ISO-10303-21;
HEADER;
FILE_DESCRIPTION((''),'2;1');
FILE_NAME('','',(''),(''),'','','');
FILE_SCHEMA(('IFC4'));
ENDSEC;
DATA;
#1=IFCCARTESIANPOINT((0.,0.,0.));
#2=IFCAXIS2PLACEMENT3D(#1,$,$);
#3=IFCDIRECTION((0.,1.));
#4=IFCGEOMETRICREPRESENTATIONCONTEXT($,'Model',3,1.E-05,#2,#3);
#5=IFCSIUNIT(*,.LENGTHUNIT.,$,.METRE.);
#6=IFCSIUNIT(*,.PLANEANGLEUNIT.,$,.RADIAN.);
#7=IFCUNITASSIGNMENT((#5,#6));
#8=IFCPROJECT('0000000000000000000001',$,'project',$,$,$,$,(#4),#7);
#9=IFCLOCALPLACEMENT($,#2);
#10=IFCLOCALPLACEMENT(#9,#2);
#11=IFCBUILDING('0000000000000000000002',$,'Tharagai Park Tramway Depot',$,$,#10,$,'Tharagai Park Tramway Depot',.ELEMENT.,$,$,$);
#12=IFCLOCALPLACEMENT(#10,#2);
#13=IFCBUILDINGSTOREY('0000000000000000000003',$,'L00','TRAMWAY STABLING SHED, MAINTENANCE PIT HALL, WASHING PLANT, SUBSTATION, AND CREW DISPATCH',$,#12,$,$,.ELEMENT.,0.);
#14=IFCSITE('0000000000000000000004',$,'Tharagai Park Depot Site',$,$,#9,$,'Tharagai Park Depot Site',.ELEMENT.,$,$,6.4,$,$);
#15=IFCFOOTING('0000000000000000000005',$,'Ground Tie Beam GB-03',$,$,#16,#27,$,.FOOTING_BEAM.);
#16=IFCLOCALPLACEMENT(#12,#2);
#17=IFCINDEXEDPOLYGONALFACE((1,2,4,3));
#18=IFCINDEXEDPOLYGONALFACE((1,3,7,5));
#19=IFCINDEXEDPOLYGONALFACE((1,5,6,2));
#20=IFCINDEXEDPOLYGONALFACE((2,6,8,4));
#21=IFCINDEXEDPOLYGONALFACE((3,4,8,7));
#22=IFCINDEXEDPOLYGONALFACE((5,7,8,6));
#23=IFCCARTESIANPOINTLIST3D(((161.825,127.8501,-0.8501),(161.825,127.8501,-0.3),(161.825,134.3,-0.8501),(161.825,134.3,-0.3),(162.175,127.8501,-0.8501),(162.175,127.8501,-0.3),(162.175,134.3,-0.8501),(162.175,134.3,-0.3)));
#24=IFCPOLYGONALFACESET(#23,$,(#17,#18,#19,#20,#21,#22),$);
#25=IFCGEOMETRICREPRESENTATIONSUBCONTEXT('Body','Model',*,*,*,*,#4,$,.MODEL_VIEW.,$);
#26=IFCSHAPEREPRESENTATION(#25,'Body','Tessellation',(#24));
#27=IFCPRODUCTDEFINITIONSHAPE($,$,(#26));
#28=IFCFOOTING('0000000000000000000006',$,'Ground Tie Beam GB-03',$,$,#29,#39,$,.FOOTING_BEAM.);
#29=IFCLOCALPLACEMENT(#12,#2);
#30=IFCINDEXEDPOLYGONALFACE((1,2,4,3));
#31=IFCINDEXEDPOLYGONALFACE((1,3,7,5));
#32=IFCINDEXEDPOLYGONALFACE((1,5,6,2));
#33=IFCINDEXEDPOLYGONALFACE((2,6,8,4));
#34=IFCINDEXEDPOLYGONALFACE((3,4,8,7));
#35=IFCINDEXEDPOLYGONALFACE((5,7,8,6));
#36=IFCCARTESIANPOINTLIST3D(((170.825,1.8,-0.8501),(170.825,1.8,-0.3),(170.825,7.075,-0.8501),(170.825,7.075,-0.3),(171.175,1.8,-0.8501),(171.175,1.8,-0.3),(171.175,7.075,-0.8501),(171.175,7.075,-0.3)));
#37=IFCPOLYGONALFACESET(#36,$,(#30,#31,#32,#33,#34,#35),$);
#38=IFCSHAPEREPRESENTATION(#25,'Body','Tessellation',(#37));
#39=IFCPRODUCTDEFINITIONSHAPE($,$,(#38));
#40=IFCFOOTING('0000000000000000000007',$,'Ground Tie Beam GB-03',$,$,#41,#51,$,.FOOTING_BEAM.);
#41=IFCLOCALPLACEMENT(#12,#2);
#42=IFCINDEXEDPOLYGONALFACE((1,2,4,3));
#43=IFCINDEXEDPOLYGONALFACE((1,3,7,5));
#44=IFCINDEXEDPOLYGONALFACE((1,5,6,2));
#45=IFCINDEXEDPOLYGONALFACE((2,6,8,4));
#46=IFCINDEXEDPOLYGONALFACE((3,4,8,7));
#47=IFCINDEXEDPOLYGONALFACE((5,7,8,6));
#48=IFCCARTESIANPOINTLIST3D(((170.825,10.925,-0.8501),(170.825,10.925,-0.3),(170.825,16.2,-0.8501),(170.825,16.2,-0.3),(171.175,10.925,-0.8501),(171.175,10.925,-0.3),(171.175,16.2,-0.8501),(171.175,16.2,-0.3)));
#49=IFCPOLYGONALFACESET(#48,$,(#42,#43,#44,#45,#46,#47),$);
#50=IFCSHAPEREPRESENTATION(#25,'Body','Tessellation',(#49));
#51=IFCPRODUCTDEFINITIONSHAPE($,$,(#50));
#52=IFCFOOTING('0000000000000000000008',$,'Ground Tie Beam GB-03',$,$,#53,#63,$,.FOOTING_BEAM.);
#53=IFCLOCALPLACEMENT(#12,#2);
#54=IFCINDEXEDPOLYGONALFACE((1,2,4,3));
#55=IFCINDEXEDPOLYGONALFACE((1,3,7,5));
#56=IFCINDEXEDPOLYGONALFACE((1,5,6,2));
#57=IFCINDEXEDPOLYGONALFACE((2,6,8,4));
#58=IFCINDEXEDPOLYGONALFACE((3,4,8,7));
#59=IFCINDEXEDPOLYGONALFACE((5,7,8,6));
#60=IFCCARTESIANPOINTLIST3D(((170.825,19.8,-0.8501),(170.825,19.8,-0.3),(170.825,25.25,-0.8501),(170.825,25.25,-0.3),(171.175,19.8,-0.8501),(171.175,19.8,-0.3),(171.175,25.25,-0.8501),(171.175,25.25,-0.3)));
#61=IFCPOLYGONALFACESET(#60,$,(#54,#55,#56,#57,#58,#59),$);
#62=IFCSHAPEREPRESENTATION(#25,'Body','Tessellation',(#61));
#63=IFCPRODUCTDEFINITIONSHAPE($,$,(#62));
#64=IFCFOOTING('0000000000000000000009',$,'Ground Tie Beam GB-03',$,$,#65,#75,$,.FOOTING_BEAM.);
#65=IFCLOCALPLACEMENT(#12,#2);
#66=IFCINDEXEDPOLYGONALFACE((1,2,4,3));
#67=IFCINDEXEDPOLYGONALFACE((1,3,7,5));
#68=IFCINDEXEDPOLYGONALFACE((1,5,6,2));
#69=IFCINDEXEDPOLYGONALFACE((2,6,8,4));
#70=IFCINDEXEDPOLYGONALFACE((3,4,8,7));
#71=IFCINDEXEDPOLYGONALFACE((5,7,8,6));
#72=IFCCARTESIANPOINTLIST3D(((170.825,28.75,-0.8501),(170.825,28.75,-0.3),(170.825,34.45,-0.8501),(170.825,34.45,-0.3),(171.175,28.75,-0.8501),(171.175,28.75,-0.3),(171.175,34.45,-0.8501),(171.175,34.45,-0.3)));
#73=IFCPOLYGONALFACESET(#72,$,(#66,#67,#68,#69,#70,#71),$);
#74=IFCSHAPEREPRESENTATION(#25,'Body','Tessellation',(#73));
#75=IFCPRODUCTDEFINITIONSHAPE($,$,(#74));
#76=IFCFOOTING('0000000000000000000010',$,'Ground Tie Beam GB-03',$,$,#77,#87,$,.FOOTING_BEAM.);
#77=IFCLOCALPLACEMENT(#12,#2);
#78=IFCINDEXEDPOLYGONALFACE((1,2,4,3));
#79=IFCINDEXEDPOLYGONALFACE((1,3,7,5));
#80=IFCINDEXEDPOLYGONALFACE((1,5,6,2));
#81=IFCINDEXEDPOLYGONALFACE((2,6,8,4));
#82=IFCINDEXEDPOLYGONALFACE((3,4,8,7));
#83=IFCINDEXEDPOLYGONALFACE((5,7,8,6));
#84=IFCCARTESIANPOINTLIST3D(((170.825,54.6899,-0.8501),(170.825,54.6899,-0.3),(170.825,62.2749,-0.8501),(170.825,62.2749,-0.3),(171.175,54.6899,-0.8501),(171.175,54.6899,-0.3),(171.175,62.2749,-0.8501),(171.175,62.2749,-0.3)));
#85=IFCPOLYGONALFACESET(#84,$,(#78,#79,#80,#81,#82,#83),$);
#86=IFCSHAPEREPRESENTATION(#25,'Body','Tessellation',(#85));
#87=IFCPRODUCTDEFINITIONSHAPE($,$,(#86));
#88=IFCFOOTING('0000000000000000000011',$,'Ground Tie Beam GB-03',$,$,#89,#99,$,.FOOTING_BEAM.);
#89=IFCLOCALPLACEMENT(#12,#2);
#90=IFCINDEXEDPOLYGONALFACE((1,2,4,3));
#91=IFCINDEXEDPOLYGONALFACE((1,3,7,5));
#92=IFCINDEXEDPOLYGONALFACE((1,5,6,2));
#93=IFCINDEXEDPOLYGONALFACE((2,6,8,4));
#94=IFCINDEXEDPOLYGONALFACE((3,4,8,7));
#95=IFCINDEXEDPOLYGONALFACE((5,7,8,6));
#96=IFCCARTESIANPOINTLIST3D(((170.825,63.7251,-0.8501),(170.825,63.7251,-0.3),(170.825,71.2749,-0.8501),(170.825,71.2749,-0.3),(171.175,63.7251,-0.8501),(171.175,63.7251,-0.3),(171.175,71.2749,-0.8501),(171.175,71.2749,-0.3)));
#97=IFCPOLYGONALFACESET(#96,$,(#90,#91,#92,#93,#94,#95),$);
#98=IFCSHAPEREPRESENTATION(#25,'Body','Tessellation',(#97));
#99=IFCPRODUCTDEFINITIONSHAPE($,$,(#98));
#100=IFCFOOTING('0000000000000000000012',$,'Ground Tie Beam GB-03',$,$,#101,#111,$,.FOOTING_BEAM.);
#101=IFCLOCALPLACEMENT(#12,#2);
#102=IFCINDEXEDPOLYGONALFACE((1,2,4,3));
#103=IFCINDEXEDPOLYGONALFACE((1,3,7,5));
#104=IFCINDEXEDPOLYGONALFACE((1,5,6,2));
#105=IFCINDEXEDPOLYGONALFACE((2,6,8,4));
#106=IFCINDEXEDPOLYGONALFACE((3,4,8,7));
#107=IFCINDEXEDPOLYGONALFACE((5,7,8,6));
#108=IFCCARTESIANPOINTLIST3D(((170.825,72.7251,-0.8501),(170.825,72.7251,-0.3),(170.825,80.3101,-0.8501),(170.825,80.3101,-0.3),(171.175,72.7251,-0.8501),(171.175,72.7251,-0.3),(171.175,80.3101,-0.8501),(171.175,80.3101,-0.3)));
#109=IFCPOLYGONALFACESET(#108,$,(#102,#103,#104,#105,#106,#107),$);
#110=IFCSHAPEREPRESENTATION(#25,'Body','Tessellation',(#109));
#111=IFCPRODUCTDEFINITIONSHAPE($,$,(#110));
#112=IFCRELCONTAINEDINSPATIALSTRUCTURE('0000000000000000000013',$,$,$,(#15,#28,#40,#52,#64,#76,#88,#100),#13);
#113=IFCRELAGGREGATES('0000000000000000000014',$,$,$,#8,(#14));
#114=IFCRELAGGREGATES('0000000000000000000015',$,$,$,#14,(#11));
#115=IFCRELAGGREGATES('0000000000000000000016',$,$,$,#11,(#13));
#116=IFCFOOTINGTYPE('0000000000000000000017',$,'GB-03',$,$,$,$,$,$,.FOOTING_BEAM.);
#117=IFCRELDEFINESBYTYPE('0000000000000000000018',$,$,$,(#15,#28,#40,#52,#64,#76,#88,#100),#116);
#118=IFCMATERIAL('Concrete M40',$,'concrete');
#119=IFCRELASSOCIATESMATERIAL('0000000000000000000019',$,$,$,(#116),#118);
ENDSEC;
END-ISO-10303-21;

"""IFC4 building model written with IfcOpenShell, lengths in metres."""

from ifc_helpers import new_model, si_unit, direction, frame, origin, place, context, subcontext, project, spatial, polyline, outline, extrude, material, type_object, element, save


model = new_model("IFC4")

# Units and contexts
model_context = context("Model", 3, precision=1e-05, world=origin(), true_north=direction((0.0, 1.0)))
body_context = subcontext(model_context, "Body", "Model", "MODEL_VIEW")
ifc_project = project(units=[si_unit("LENGTHUNIT", "METRE"), si_unit("PLANEANGLEUNIT", "RADIAN")], contexts=[model_context])

# Site, building, storey
site_placement = place(None, origin())
site = spatial("IfcSite", under=ifc_project, at=site_placement, Name="Tharagai Park Depot Site", LongName="Tharagai Park Depot Site", CompositionType="ELEMENT", RefElevation=6.4)
building_placement = place(site_placement, origin())
building = spatial("IfcBuilding", under=site, at=building_placement, Name="Tharagai Park Tramway Depot", LongName="Tharagai Park Tramway Depot", CompositionType="ELEMENT")
storey_placement = place(building_placement, origin())
storey = spatial("IfcBuildingStorey", under=building, at=storey_placement, Name="L00", Description="TRAMWAY STABLING SHED, MAINTENANCE PIT HALL, WASHING PLANT, SUBSTATION, AND CREW DISPATCH", CompositionType="ELEMENT", Elevation=0.0)

# Footings
ifc_material = material(Name="Concrete M40", Category="concrete")
footing_type = type_object("IfcFootingType", Name="GB-03", PredefinedType="FOOTING_BEAM", material=ifc_material)
footing_1_placement = place(storey_placement, frame((0.0, 0.0, -0.8501)))
element("IfcFooting", 1, at=footing_1_placement, inside=storey, type_object=footing_type, Name="Ground Tie Beam GB-03", PredefinedType="FOOTING_BEAM", context=body_context, shape_type="SweptSolid", body=[
    extrude(outline(polyline([(161.825, 127.8501), (162.175, 127.8501), (162.175, 134.3), (161.825, 134.3), (161.825, 127.8501)])), origin(), (0.0, 0.0, 1.0), 0.55),
])
footing_2_placement = place(storey_placement, frame((0.0, 0.0, -0.8501)))
element("IfcFooting", 2, at=footing_2_placement, inside=storey, type_object=footing_type, Name="Ground Tie Beam GB-03", PredefinedType="FOOTING_BEAM", context=body_context, shape_type="SweptSolid", body=[
    extrude(outline(polyline([(170.825, 1.8), (171.175, 1.8), (171.175, 7.075), (170.825, 7.075), (170.825, 1.8)])), origin(), (0.0, 0.0, 1.0), 0.55),
])
footing_3_placement = place(storey_placement, frame((0.0, 0.0, -0.8501)))
element("IfcFooting", 3, at=footing_3_placement, inside=storey, type_object=footing_type, Name="Ground Tie Beam GB-03", PredefinedType="FOOTING_BEAM", context=body_context, shape_type="SweptSolid", body=[
    extrude(outline(polyline([(170.825, 10.925), (171.175, 10.925), (171.175, 16.2), (170.825, 16.2), (170.825, 10.925)])), origin(), (0.0, 0.0, 1.0), 0.55),
])
footing_4_placement = place(storey_placement, frame((0.0, 0.0, -0.8501)))
element("IfcFooting", 4, at=footing_4_placement, inside=storey, type_object=footing_type, Name="Ground Tie Beam GB-03", PredefinedType="FOOTING_BEAM", context=body_context, shape_type="SweptSolid", body=[
    extrude(outline(polyline([(170.825, 19.8), (171.175, 19.8), (171.175, 25.25), (170.825, 25.25), (170.825, 19.8)])), origin(), (0.0, 0.0, 1.0), 0.55),
])
footing_5_placement = place(storey_placement, frame((0.0, 0.0, -0.8501)))
element("IfcFooting", 5, at=footing_5_placement, inside=storey, type_object=footing_type, Name="Ground Tie Beam GB-03", PredefinedType="FOOTING_BEAM", context=body_context, shape_type="SweptSolid", body=[
    extrude(outline(polyline([(170.825, 28.75), (171.175, 28.75), (171.175, 34.45), (170.825, 34.45), (170.825, 28.75)])), origin(), (0.0, 0.0, 1.0), 0.55),
])
footing_6_placement = place(storey_placement, frame((0.0, 0.0, -0.8501)))
element("IfcFooting", 6, at=footing_6_placement, inside=storey, type_object=footing_type, Name="Ground Tie Beam GB-03", PredefinedType="FOOTING_BEAM", context=body_context, shape_type="SweptSolid", body=[
    extrude(outline(polyline([(170.825, 54.6899), (171.175, 54.6899), (171.175, 62.2749), (170.825, 62.2749), (170.825, 54.6899)])), origin(), (0.0, 0.0, 1.0), 0.55),
])
footing_7_placement = place(storey_placement, frame((0.0, 0.0, -0.8501)))
element("IfcFooting", 7, at=footing_7_placement, inside=storey, type_object=footing_type, Name="Ground Tie Beam GB-03", PredefinedType="FOOTING_BEAM", context=body_context, shape_type="SweptSolid", body=[
    extrude(outline(polyline([(170.825, 63.7251), (171.175, 63.7251), (171.175, 71.2749), (170.825, 71.2749), (170.825, 63.7251)])), origin(), (0.0, 0.0, 1.0), 0.55),
])
footing_8_placement = place(storey_placement, frame((0.0, 0.0, -0.8501)))
element("IfcFooting", 8, at=footing_8_placement, inside=storey, type_object=footing_type, Name="Ground Tie Beam GB-03", PredefinedType="FOOTING_BEAM", context=body_context, shape_type="SweptSolid", body=[
    extrude(outline(polyline([(170.825, 72.7251), (171.175, 72.7251), (171.175, 80.3101), (170.825, 80.3101), (170.825, 72.7251)])), origin(), (0.0, 0.0, 1.0), 0.55),
])

save(model, "model.ifc")
